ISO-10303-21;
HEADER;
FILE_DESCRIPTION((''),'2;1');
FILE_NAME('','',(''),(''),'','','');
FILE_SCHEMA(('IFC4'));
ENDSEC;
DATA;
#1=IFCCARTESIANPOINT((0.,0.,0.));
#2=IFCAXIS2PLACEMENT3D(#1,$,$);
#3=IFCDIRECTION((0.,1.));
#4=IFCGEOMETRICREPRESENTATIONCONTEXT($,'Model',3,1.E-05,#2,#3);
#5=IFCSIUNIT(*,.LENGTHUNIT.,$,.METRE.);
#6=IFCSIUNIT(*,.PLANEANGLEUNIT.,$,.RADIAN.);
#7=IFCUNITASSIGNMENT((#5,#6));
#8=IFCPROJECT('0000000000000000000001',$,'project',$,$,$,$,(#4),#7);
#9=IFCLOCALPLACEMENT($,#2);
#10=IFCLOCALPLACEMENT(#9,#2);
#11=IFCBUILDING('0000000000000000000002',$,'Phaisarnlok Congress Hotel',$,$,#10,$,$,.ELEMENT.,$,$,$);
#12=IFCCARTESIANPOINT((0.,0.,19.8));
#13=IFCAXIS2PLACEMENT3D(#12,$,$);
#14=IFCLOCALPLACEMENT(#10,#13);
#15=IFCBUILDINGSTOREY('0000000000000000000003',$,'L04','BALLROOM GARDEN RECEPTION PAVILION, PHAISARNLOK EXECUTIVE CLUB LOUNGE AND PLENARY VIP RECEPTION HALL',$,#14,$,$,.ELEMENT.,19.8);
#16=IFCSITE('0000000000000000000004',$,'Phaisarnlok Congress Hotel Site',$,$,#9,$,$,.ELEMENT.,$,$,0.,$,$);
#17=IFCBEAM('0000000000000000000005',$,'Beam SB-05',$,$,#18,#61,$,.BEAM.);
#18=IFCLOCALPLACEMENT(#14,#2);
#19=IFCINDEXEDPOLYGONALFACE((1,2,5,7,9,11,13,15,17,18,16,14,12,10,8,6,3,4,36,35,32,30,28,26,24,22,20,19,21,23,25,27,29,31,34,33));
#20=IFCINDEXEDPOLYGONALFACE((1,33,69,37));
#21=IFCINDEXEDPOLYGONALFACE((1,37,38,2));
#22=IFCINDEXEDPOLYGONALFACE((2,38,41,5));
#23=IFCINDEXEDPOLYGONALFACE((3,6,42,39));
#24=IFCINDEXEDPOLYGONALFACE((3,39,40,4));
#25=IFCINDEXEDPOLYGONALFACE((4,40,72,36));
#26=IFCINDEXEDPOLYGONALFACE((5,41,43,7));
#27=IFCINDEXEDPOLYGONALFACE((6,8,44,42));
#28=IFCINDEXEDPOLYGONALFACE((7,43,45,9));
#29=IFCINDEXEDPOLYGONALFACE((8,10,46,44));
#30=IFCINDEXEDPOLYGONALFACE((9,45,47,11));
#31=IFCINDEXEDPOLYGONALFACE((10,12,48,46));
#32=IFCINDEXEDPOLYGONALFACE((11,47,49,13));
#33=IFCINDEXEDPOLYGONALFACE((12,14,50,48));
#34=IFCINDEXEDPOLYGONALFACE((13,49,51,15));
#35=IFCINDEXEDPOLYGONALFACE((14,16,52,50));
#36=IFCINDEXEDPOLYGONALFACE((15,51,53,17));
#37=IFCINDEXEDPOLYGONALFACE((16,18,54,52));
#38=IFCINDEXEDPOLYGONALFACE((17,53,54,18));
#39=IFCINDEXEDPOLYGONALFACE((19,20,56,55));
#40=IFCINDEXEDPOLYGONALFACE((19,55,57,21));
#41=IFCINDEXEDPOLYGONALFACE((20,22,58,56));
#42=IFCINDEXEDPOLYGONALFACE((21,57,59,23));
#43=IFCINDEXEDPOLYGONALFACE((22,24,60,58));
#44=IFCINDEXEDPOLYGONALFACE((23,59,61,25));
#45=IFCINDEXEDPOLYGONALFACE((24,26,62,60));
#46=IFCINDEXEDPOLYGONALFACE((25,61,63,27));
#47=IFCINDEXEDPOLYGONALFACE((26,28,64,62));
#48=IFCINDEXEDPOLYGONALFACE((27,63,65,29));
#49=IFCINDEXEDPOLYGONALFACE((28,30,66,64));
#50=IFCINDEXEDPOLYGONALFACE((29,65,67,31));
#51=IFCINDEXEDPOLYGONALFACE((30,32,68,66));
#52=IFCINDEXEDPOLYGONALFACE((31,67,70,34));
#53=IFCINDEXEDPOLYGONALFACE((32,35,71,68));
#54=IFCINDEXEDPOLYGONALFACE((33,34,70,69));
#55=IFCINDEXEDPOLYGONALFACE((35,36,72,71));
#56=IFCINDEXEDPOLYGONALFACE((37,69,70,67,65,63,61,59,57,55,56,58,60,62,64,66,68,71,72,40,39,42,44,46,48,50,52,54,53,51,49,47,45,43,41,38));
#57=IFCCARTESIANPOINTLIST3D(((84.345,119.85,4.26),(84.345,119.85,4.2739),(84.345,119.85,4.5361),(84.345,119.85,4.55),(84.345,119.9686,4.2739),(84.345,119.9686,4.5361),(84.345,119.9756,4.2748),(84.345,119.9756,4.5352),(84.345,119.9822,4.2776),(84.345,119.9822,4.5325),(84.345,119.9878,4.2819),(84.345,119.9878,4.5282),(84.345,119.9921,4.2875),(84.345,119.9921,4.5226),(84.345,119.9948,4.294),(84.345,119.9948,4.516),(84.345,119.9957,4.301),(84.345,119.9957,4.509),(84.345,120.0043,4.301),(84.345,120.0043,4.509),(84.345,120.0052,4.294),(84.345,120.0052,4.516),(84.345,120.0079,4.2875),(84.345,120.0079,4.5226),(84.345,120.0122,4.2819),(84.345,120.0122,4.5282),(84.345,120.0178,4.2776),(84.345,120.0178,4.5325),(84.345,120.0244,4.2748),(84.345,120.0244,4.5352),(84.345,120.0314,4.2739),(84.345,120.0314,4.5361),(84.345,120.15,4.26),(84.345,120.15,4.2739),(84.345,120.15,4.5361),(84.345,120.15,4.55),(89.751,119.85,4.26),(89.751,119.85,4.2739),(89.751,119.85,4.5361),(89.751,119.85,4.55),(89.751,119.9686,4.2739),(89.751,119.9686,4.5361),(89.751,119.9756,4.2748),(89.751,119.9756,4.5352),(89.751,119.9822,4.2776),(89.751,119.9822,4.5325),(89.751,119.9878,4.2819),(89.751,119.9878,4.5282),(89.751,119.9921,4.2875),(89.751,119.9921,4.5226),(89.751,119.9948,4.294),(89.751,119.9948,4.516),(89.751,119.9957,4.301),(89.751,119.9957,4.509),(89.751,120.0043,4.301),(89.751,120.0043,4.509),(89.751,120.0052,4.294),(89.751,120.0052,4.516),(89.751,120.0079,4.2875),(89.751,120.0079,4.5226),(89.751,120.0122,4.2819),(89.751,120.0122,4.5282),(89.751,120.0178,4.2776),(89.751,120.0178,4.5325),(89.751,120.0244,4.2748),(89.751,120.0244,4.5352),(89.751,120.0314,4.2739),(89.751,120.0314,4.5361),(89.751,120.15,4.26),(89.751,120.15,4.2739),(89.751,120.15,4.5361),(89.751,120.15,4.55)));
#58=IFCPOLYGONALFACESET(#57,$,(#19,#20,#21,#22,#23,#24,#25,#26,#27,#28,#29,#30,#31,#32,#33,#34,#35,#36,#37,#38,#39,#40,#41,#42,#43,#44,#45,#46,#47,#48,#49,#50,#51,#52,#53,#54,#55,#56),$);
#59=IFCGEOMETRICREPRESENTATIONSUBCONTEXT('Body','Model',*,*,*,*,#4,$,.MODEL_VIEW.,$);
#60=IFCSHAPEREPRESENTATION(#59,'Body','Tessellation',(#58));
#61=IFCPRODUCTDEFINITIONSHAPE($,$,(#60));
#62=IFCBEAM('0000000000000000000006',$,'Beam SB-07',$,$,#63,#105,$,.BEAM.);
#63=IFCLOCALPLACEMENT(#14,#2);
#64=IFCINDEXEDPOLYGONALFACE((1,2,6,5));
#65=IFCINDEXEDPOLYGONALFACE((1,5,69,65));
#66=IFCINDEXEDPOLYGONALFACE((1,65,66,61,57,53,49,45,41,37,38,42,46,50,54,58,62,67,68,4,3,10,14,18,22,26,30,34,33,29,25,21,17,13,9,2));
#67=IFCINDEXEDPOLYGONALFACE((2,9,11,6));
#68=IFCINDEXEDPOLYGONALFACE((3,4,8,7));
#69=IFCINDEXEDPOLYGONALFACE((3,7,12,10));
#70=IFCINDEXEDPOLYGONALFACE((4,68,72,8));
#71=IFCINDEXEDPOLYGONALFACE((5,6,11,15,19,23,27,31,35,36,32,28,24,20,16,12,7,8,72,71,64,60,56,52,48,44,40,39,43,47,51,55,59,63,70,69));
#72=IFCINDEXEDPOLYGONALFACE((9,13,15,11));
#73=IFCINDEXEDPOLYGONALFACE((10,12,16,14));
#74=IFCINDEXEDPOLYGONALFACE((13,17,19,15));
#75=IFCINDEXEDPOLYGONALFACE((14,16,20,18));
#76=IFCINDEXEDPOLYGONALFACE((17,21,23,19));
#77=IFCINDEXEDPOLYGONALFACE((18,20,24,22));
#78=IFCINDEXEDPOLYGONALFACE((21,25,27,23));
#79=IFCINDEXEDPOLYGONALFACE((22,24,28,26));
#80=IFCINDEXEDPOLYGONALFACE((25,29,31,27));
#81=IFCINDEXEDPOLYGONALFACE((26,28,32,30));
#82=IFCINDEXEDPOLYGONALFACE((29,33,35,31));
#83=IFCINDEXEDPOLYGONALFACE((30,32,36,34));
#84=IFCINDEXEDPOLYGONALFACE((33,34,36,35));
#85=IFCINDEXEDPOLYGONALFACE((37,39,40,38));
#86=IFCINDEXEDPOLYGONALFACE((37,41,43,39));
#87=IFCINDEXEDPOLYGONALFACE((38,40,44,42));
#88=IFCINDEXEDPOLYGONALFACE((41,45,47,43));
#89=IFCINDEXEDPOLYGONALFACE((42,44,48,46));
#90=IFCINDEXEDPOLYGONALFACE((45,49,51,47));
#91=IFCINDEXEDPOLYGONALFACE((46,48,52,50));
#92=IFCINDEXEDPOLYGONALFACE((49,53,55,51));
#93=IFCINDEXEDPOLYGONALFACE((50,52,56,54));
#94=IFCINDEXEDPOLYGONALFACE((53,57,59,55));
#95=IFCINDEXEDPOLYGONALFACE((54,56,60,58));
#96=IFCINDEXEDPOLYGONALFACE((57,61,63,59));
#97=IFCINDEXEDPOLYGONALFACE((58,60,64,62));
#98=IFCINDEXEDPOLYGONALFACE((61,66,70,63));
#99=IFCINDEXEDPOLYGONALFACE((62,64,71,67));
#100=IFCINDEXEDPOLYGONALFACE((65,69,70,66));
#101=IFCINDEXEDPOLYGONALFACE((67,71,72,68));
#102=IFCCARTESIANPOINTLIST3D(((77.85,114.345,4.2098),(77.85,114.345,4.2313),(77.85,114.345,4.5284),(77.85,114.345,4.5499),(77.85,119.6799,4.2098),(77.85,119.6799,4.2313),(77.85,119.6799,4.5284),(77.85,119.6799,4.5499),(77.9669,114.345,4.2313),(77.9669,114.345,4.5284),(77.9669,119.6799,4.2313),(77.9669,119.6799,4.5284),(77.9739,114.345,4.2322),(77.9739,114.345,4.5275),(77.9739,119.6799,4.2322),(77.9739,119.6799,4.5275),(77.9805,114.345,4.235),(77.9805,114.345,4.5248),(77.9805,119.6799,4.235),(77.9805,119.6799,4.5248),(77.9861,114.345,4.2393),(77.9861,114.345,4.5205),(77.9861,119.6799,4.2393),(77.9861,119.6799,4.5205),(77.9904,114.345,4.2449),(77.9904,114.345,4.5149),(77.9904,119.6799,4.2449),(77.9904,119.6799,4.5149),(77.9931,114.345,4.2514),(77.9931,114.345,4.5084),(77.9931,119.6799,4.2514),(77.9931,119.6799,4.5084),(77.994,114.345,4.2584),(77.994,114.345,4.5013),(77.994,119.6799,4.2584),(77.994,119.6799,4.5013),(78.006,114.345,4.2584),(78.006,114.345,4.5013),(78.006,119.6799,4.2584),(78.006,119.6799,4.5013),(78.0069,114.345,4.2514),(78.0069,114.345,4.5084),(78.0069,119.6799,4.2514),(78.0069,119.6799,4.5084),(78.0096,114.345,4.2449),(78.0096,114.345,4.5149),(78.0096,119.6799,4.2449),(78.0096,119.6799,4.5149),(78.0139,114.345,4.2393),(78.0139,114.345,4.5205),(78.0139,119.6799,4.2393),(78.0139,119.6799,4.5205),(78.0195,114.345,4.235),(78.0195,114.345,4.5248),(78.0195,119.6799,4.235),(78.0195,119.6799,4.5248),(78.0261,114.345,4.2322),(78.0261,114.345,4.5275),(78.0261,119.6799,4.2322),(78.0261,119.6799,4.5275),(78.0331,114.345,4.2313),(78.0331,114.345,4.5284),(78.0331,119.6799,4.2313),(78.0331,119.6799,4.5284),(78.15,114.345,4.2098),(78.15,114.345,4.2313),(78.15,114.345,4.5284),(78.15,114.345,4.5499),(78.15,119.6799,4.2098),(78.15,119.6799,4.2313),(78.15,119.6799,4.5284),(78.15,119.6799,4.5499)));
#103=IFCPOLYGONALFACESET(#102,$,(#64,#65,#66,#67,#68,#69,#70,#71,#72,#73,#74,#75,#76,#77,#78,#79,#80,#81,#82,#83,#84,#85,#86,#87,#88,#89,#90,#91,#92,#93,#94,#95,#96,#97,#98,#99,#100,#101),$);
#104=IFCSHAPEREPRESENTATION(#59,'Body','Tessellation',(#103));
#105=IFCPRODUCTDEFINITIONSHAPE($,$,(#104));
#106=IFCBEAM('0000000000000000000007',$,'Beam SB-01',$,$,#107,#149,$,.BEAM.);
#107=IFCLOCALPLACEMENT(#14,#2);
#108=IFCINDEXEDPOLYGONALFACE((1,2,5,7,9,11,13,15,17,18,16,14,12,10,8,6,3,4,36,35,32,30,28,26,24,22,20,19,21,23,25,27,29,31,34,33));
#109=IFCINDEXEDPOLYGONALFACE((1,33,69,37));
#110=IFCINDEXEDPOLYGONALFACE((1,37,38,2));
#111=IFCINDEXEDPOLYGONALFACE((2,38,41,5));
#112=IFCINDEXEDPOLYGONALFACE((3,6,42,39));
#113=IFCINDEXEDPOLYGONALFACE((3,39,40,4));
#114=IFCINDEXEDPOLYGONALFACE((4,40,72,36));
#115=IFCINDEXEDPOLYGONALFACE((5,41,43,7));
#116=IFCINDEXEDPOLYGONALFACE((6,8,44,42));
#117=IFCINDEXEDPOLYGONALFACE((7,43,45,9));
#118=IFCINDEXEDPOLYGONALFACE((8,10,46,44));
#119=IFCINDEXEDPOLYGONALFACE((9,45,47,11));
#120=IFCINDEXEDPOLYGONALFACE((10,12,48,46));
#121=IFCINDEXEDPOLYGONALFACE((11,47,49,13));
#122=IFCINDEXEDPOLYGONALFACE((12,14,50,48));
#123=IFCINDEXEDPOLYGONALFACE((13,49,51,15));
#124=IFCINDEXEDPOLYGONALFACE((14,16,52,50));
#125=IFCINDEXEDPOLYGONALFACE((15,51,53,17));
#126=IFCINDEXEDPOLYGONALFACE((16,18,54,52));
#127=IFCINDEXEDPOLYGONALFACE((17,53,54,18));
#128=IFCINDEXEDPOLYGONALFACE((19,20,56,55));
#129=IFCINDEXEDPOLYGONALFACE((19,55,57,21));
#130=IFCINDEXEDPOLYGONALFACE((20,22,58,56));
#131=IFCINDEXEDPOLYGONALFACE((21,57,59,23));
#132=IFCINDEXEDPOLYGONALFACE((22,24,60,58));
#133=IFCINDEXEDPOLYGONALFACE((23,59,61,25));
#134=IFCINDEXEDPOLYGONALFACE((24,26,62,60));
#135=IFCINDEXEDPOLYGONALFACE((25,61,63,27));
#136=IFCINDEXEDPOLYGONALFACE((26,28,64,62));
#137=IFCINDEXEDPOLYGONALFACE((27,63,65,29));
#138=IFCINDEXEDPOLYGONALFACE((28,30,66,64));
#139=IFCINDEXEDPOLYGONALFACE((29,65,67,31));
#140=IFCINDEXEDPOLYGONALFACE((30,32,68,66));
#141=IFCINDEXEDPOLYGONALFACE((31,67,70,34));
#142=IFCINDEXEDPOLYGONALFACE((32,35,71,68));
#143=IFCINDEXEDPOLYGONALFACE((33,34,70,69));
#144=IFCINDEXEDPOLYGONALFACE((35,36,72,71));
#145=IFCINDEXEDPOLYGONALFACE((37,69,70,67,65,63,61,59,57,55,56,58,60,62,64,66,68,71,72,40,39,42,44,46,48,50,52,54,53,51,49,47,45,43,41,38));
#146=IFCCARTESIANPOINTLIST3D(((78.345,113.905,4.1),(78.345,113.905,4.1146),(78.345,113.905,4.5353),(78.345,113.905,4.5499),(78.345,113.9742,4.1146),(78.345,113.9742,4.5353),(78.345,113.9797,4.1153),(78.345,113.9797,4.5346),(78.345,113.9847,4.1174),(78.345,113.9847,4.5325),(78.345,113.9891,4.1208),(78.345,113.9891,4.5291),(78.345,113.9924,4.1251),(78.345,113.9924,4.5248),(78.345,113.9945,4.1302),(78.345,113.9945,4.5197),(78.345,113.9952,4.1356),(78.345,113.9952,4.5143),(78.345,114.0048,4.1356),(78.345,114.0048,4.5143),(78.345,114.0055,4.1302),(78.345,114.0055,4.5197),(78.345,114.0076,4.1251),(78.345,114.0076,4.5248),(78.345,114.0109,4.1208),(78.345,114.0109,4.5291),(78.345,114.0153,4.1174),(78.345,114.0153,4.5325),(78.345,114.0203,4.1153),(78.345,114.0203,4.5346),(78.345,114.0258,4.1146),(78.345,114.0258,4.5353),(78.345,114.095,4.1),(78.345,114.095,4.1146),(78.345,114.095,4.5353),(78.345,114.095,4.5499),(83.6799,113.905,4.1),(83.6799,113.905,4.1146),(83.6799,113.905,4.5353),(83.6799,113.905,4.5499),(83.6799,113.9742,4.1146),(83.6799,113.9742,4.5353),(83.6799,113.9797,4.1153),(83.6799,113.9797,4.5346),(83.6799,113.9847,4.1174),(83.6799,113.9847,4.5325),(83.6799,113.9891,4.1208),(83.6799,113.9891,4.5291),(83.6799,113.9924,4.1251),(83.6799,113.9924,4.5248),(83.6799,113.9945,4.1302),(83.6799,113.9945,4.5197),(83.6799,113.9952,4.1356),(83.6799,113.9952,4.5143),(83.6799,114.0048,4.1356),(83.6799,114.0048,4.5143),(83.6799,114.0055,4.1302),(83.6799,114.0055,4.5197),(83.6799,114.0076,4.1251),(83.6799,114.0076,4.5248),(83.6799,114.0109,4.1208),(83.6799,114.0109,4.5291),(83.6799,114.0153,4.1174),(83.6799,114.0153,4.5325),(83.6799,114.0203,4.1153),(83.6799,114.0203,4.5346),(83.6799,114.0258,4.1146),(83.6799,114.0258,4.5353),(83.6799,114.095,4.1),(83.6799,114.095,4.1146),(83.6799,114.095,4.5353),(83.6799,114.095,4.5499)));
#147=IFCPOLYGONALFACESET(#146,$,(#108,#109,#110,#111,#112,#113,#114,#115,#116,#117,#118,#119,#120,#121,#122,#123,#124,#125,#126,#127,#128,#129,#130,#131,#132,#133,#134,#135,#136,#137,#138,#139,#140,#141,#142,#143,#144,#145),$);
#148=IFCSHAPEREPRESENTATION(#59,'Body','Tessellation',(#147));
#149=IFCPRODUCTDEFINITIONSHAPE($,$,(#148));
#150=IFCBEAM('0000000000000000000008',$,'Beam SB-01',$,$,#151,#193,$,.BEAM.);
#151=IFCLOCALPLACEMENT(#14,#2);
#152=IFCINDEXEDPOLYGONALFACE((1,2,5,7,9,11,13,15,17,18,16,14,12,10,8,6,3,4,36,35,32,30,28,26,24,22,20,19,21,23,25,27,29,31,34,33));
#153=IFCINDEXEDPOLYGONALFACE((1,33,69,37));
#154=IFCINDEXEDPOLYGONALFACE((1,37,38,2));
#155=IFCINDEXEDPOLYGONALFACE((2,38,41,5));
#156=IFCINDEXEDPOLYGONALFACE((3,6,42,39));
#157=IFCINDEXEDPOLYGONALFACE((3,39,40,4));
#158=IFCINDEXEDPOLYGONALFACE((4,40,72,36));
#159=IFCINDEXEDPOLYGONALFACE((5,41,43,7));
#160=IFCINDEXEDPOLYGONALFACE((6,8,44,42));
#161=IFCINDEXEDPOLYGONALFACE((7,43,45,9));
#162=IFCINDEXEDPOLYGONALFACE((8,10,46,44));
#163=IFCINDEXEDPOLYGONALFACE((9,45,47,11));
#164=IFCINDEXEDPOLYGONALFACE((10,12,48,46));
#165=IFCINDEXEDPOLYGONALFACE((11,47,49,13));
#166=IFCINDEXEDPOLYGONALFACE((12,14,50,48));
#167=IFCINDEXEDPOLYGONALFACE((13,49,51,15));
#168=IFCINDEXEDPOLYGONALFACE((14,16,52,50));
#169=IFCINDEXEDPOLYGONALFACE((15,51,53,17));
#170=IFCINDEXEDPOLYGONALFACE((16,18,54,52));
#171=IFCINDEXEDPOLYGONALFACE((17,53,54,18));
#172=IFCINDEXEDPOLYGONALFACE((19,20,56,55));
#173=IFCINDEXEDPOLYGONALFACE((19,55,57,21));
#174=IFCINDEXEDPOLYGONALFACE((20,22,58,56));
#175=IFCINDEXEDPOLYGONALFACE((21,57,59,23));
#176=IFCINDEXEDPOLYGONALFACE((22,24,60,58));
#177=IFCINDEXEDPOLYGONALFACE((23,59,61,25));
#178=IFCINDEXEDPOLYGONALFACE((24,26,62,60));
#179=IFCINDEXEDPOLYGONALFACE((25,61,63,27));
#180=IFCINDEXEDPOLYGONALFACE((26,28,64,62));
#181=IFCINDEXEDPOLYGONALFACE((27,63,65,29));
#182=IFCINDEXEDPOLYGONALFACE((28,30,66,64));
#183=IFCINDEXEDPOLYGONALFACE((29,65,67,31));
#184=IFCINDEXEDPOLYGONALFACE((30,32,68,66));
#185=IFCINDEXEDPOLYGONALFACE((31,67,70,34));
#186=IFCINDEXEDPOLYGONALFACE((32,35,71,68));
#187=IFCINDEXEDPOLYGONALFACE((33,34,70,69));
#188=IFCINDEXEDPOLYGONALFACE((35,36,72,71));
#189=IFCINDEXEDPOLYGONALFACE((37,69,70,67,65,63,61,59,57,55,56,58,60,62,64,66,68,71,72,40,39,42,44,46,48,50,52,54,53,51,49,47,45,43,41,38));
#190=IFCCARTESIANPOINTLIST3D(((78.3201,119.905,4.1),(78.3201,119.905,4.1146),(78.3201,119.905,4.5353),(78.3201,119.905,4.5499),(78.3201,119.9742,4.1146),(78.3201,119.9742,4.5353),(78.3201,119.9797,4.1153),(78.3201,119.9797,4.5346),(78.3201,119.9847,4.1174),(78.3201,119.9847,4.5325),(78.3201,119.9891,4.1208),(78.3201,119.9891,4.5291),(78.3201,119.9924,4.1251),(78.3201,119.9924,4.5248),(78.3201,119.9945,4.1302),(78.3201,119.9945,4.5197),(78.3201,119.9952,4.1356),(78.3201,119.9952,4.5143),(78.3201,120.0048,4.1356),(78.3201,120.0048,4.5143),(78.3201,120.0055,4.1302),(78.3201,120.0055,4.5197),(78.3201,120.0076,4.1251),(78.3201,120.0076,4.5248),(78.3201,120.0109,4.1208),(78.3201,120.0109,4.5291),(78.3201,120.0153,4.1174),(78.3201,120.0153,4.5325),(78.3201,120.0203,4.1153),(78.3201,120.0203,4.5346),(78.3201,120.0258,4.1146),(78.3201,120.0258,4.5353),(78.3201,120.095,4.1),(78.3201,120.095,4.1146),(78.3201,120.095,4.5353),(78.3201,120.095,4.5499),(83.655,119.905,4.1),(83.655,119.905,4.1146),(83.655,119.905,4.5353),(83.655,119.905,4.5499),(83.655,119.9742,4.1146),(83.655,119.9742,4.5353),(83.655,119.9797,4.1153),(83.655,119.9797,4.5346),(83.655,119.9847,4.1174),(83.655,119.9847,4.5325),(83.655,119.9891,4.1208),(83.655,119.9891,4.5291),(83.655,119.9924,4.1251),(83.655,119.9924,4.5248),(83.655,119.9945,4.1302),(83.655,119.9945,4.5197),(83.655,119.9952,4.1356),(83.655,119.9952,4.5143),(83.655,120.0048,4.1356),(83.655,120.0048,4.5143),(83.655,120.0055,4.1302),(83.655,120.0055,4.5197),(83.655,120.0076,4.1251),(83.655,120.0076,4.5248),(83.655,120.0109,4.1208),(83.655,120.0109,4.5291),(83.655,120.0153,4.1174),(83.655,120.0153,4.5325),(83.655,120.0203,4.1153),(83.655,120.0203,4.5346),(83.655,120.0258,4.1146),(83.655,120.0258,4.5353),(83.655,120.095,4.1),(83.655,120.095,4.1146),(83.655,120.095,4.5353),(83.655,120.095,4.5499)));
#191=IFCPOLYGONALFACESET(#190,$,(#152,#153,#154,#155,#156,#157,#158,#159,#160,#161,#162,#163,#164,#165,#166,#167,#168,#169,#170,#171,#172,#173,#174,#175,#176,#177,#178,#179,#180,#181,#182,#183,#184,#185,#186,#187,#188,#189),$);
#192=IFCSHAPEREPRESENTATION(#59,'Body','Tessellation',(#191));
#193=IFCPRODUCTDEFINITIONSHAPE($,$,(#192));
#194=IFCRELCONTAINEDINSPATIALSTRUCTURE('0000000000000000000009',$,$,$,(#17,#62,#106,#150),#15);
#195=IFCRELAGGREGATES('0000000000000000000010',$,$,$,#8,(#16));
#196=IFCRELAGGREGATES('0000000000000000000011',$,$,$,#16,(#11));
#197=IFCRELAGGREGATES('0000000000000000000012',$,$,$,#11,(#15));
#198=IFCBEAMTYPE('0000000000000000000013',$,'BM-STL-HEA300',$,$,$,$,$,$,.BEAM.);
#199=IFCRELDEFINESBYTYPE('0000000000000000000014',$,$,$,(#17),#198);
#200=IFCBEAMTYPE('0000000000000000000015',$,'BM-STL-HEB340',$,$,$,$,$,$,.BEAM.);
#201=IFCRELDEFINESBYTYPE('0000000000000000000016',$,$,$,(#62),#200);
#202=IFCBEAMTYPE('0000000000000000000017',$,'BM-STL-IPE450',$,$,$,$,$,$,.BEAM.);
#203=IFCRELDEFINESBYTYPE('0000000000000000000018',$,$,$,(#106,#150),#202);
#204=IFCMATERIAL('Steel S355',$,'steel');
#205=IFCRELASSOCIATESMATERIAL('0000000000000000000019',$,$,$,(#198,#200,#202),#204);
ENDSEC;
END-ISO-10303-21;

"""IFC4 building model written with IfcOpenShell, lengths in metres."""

from ifc_helpers import new_model, si_unit, direction, frame, origin, origin_2d, place, context, subcontext, project, spatial, i_section, extrude, material, material_profile, profile_set, type_object, element, save


model = new_model("IFC4")

# Units and contexts
model_context = context("Model", 3, precision=1e-05, world=origin(), true_north=direction((0.0, 1.0)))
body_context = subcontext(model_context, "Body", "Model", "MODEL_VIEW")
ifc_project = project(units=[si_unit("LENGTHUNIT", "METRE"), si_unit("PLANEANGLEUNIT", "RADIAN")], contexts=[model_context])

# Site, building, storey
site_placement = place(None, origin())
site = spatial("IfcSite", under=ifc_project, at=site_placement, Name="Phaisarnlok Congress Hotel Site", CompositionType="ELEMENT", RefElevation=0.0)
building_placement = place(site_placement, origin())
building = spatial("IfcBuilding", under=site, at=building_placement, Name="Phaisarnlok Congress Hotel", CompositionType="ELEMENT")
storey_placement = place(building_placement, frame((0.0, 0.0, 19.8)))
storey = spatial("IfcBuildingStorey", under=building, at=storey_placement, Name="L04", Description="BALLROOM GARDEN RECEPTION PAVILION, PHAISARNLOK EXECUTIVE CLUB LOUNGE AND PLENARY VIP RECEPTION HALL", CompositionType="ELEMENT", Elevation=19.8)

# Beams
ifc_material_1 = material(Name="Steel S355", Category="steel")
ifc_material_profile_1 = material_profile(ifc_material_1, i_section(OverallWidth=0.3, OverallDepth=0.29, WebThickness=0.0085, FlangeThickness=0.0139, FilletRadius=0.0271, at=origin_2d()), Name="HEA 300")
ifc_profile_set_1 = profile_set([ifc_material_profile_1], Name="Steel S355")
beam_type_1 = type_object("IfcBeamType", Name="BM-STL-HEA300", PredefinedType="BEAM", material=ifc_profile_set_1)
beam_1_placement = place(storey_placement, frame((84.345, 120.0, 4.405), z_axis=(1.0, 0.0, 0.0), x_axis=(0.0, 1.0, 0.0)))
element("IfcBeam", 1, at=beam_1_placement, inside=storey, type_object=beam_type_1, Name="Beam SB-05", PredefinedType="BEAM", context=body_context, shape_type="SweptSolid", body=[
    extrude(i_section(OverallWidth=0.3, OverallDepth=0.29, WebThickness=0.0085, FlangeThickness=0.0139, FilletRadius=0.0271, at=origin_2d()), origin(), (0.0, 0.0, 1.0), 5.406),
])
ifc_material_profile_2 = material_profile(ifc_material_1, i_section(OverallWidth=0.3, OverallDepth=0.3401, WebThickness=0.012, FlangeThickness=0.0215, FilletRadius=0.0271, at=origin_2d()), Name="HEB 340")
ifc_profile_set_2 = profile_set([ifc_material_profile_2], Name="Steel S355")
beam_type_2 = type_object("IfcBeamType", Name="BM-STL-HEB340", PredefinedType="BEAM", material=ifc_profile_set_2)
beam_2_placement = place(storey_placement, frame((78.0, 114.345, 4.3799), z_axis=(0.0, 1.0, 0.0), x_axis=(-1.0, 0.0, 0.0)))
element("IfcBeam", 2, at=beam_2_placement, inside=storey, type_object=beam_type_2, Name="Beam SB-07", PredefinedType="BEAM", context=body_context, shape_type="SweptSolid", body=[
    extrude(i_section(OverallWidth=0.3, OverallDepth=0.3401, WebThickness=0.012, FlangeThickness=0.0215, FilletRadius=0.0271, at=origin_2d()), origin(), (0.0, 0.0, 1.0), 5.335),
])
ifc_material_profile_3 = material_profile(ifc_material_1, i_section(OverallWidth=0.1899, OverallDepth=0.45, WebThickness=0.0095, FlangeThickness=0.0146, FilletRadius=0.021, at=origin_2d()), Name="IPE 450")
ifc_profile_set_3 = profile_set([ifc_material_profile_3], Name="Steel S355")
beam_type_3 = type_object("IfcBeamType", Name="BM-STL-IPE450", PredefinedType="BEAM", material=ifc_profile_set_3)
for number, where, z_axis, x_axis, name in (
    (3, (78.345, 114.0, 4.325), (1.0, 0.0, 0.0), (0.0, 1.0, 0.0), "Beam SB-01"),
    (4, (78.3201, 120.0, 4.325), (1.0, 0.0, 0.0), (0.0, 1.0, 0.0), "Beam SB-01"),
):
    element("IfcBeam", number, at=place(storey_placement, frame(where, z_axis=z_axis, x_axis=x_axis)), inside=storey, type_object=beam_type_3, Name=name, PredefinedType="BEAM", context=body_context, shape_type="SweptSolid", body=[
        extrude(i_section(OverallWidth=0.1899, OverallDepth=0.45, WebThickness=0.0095, FlangeThickness=0.0146, FilletRadius=0.021, at=origin_2d()), origin(), (0.0, 0.0, 1.0), 5.335),
    ])

save(model, "model.ifc")
